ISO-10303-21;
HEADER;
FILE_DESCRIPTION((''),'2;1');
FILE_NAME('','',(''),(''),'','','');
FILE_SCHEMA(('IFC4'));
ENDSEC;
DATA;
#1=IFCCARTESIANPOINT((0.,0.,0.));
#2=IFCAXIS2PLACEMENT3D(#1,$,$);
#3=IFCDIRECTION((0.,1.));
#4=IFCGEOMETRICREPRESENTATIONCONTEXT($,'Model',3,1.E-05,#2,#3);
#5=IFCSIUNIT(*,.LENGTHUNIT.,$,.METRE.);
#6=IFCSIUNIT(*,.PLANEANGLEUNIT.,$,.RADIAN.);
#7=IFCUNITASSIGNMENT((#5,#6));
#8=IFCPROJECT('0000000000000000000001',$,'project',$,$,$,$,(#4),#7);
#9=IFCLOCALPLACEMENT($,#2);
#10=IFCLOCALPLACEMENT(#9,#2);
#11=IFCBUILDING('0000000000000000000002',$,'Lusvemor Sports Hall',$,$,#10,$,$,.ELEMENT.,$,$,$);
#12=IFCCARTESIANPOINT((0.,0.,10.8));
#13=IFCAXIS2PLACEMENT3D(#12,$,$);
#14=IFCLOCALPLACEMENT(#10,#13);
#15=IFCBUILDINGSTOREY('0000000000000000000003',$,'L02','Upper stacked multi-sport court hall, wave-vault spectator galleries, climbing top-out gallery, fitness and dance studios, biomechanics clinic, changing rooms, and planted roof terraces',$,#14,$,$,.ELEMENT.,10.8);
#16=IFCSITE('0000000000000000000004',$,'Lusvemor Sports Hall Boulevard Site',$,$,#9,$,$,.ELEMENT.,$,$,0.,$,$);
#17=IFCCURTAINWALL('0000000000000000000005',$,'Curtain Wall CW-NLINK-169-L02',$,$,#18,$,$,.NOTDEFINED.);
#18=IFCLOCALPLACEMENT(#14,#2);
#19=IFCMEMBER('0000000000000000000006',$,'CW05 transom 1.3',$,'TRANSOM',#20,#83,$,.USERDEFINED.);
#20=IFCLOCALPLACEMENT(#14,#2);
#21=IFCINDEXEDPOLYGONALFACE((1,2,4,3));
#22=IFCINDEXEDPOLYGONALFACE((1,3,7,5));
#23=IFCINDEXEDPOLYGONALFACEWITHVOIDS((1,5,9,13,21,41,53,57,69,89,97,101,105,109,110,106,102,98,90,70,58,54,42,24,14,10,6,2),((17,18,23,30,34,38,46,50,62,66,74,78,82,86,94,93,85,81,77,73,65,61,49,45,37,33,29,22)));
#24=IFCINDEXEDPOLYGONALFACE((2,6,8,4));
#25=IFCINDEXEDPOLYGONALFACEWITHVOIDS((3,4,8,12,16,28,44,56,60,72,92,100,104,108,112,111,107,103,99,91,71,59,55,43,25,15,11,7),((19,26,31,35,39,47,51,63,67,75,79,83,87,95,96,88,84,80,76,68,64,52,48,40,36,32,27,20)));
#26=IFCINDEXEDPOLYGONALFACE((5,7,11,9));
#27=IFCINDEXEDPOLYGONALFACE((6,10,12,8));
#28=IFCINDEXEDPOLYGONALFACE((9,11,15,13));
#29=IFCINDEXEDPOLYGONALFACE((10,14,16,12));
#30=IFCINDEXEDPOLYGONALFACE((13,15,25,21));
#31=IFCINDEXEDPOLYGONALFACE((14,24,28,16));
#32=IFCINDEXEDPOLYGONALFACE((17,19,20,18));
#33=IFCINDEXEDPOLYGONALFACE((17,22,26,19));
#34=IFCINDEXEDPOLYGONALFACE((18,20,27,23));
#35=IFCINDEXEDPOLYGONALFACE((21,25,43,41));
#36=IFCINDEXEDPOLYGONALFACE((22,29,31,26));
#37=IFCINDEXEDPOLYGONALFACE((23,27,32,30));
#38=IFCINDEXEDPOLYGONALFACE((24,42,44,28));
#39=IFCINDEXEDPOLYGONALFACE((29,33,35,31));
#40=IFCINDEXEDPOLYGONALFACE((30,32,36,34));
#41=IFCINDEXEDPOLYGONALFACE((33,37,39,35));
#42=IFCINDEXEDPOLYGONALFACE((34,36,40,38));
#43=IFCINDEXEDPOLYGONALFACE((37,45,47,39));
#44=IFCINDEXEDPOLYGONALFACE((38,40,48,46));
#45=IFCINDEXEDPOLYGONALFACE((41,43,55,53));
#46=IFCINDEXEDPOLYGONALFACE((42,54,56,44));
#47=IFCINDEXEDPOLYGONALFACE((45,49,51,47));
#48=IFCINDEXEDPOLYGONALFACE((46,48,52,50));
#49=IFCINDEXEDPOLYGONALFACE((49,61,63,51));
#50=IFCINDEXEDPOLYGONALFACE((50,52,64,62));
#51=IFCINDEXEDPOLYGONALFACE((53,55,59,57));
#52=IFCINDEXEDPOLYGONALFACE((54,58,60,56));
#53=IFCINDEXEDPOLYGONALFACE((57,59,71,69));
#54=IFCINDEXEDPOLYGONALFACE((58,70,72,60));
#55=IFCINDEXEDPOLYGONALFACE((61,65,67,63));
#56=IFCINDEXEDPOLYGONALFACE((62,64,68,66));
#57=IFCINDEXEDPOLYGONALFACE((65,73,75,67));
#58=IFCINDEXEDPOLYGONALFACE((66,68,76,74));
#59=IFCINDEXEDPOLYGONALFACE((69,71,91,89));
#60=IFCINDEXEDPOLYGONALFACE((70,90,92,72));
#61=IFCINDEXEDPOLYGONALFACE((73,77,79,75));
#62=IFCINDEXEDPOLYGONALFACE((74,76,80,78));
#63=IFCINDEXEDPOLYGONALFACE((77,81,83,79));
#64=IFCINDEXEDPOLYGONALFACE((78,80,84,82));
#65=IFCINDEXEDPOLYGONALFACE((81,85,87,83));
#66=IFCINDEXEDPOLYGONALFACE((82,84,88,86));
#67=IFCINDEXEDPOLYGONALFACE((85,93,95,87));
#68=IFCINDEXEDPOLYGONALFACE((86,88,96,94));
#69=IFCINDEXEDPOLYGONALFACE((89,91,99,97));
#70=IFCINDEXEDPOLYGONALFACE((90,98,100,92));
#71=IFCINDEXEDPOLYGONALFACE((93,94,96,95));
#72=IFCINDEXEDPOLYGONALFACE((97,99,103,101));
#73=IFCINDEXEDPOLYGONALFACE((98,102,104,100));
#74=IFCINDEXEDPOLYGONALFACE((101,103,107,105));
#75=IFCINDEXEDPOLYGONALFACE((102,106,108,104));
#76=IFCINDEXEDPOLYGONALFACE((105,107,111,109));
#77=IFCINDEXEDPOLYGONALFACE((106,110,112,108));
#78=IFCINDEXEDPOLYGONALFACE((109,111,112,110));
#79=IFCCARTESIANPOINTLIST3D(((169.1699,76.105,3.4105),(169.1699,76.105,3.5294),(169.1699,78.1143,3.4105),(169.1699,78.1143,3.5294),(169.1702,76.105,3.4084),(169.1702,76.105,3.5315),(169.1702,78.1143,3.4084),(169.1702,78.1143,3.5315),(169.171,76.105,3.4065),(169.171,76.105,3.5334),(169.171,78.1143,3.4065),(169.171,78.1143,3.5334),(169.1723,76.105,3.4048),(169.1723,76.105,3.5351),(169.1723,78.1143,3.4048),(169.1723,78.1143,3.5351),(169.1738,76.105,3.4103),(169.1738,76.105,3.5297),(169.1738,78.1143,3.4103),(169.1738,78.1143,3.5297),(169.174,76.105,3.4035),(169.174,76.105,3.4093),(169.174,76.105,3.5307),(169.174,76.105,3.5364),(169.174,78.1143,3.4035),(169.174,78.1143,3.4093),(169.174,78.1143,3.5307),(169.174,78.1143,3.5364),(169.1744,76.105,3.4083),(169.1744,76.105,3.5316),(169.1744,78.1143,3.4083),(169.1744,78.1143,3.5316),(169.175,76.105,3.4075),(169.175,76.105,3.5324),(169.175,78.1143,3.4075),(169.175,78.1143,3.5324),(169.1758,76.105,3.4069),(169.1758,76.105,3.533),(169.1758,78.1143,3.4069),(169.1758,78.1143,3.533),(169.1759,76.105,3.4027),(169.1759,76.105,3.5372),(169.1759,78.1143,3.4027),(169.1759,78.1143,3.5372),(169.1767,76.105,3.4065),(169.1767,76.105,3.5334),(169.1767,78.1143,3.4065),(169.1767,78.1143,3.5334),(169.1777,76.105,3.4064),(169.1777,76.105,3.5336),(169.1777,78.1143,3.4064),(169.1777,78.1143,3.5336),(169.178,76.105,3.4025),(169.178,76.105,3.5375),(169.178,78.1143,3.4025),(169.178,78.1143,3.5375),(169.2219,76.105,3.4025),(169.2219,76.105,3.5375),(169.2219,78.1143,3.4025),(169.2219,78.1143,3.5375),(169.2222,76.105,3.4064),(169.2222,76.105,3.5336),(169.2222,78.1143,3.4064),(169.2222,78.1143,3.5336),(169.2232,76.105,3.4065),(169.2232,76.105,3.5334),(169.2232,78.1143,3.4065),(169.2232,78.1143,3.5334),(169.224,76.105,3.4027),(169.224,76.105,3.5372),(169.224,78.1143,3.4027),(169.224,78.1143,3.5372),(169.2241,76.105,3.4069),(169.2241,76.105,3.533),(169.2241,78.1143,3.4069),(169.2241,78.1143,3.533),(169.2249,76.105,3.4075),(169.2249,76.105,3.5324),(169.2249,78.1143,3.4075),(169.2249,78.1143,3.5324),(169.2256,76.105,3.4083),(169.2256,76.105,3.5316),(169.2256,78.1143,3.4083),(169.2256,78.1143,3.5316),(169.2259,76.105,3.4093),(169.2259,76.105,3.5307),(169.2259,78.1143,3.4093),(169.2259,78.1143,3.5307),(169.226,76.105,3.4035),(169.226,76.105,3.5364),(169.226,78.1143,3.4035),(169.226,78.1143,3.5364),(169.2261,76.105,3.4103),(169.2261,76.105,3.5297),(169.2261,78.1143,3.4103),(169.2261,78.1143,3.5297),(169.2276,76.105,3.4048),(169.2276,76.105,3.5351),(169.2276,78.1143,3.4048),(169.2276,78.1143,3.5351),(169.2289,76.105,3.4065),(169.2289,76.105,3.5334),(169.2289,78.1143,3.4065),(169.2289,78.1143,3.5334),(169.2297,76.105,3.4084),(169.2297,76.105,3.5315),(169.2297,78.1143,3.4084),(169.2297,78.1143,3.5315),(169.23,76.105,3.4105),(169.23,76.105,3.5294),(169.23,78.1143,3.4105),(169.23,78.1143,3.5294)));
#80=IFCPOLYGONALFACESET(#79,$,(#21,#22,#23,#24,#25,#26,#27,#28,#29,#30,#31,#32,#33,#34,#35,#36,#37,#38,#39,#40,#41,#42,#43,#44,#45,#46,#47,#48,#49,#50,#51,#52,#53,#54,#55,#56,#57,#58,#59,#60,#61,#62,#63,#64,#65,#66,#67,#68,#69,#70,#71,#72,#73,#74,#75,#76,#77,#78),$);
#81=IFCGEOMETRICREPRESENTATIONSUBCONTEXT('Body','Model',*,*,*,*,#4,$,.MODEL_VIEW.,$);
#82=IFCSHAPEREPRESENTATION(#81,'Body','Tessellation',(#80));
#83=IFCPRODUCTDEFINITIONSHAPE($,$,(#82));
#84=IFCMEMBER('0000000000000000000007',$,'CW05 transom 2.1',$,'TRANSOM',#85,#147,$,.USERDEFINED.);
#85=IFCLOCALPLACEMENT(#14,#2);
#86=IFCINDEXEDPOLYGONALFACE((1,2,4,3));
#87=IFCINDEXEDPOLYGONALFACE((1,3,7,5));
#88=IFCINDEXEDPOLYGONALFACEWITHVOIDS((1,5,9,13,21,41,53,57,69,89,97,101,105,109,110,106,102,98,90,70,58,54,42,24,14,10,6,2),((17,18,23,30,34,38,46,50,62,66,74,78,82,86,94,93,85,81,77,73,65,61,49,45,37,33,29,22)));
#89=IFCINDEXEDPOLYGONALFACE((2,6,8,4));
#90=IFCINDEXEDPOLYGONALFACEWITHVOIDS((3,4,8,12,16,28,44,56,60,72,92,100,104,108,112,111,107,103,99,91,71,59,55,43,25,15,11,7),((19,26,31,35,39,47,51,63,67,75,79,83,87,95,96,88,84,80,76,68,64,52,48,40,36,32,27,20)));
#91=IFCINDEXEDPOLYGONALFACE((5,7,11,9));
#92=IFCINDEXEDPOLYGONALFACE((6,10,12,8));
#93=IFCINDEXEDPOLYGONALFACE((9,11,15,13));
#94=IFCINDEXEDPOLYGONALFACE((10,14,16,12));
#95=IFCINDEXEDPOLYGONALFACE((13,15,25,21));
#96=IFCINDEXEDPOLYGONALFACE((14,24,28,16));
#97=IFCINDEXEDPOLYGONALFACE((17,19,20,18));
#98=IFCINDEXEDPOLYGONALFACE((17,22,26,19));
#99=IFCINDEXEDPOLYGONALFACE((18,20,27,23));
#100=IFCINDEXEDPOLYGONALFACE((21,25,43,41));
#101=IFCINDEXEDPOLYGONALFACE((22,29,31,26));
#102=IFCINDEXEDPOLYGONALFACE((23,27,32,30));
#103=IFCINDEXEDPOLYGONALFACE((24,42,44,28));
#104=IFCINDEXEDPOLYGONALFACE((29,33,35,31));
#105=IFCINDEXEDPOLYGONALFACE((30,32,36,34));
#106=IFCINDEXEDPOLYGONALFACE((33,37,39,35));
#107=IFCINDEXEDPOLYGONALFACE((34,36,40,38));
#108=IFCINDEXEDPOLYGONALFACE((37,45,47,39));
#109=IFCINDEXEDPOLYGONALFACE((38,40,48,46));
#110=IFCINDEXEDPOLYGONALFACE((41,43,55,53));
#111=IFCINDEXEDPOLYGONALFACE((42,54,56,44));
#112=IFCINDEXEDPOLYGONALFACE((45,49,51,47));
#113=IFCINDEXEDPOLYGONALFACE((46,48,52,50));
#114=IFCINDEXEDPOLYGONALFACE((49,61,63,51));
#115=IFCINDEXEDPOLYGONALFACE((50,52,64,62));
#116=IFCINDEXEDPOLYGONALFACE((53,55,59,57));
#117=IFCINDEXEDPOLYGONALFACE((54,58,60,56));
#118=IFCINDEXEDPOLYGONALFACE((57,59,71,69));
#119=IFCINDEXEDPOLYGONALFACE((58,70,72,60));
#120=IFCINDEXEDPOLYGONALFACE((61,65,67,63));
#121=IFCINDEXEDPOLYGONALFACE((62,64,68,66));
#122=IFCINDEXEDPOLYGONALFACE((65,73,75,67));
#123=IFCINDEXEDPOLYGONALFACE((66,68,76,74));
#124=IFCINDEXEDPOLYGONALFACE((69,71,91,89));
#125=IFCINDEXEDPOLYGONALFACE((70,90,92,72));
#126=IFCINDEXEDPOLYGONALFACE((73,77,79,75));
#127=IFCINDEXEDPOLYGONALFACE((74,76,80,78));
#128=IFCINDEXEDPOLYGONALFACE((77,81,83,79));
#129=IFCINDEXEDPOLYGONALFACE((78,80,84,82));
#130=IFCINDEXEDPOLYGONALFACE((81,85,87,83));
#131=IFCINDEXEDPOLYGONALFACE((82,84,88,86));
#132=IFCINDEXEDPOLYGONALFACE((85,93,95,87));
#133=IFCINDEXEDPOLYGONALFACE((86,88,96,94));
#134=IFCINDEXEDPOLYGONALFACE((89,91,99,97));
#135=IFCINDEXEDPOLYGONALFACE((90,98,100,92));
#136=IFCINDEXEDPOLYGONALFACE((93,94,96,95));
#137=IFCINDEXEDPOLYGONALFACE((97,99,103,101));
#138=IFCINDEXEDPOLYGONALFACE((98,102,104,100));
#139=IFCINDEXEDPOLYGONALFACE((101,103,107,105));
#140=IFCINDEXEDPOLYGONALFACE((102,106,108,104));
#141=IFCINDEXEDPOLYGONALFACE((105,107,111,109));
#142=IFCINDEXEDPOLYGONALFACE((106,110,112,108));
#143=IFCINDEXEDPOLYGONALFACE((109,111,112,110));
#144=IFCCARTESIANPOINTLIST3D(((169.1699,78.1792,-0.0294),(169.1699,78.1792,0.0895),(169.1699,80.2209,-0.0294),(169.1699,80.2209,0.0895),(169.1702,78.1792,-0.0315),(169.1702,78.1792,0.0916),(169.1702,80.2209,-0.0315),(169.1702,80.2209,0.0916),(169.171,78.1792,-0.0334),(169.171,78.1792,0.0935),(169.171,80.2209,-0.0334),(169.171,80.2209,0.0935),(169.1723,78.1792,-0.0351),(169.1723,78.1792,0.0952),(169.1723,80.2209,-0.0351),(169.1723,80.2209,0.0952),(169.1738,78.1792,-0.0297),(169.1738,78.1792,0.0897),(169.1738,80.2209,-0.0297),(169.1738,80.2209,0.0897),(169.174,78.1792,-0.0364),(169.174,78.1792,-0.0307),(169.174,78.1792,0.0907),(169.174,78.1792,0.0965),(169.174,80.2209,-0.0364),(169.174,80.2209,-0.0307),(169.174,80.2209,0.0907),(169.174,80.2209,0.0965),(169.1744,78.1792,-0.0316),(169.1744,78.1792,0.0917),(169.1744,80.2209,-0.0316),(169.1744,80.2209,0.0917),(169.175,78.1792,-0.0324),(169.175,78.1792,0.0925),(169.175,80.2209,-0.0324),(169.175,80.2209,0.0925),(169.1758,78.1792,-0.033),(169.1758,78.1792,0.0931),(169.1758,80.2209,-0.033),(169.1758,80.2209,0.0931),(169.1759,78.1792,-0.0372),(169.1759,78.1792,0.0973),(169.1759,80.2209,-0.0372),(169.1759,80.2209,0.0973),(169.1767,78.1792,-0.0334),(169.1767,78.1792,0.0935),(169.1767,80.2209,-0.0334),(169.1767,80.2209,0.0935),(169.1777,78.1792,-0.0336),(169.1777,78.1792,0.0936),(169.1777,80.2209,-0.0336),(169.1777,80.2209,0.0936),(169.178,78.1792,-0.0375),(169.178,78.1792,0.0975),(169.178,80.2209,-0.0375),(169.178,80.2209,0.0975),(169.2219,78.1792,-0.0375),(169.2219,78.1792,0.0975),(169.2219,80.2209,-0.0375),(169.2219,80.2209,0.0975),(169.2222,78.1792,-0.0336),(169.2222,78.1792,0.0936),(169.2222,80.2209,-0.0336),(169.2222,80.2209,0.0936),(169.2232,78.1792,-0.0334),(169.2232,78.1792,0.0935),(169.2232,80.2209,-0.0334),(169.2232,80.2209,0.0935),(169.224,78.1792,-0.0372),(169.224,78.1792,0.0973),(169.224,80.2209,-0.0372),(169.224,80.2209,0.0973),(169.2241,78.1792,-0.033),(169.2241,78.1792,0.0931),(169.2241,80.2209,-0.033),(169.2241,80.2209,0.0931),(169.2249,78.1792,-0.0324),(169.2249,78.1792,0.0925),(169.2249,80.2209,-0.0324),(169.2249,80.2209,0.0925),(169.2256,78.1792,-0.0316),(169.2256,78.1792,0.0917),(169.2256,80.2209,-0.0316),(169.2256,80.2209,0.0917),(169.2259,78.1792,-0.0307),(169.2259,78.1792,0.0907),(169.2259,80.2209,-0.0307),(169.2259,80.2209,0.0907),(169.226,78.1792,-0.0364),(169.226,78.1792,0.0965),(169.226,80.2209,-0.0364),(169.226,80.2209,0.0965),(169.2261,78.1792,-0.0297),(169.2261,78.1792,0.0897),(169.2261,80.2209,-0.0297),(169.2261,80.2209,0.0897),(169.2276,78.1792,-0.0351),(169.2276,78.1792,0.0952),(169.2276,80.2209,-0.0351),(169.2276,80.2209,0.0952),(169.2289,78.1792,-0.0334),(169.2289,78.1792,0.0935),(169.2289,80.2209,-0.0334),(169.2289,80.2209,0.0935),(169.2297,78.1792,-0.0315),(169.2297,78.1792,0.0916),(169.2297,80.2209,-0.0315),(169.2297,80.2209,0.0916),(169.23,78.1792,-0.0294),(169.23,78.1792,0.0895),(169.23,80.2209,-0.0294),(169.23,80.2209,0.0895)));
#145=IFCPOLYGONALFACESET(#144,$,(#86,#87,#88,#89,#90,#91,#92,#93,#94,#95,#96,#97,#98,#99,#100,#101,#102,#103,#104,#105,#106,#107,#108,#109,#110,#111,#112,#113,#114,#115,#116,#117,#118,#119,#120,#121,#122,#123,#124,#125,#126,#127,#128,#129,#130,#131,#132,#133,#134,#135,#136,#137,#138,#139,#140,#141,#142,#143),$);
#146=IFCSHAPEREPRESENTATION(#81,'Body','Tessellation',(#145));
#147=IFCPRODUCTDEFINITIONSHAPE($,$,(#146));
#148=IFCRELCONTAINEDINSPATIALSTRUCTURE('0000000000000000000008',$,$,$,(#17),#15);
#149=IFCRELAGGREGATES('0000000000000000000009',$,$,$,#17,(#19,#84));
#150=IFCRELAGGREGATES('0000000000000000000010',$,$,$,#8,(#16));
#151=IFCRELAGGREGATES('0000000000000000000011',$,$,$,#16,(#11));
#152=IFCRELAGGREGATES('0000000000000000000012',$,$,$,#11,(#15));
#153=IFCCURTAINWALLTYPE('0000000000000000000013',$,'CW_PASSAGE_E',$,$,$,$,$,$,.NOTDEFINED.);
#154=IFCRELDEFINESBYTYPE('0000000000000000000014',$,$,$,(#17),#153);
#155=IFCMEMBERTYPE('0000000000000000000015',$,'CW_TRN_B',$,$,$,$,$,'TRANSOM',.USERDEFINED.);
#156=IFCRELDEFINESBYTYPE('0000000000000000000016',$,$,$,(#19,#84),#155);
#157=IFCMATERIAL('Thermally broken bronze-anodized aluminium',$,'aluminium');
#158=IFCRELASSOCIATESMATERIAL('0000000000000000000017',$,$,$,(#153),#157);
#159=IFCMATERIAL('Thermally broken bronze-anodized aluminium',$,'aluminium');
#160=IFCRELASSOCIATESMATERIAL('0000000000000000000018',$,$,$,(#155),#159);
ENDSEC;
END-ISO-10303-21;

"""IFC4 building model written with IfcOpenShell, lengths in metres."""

from ifc_helpers import new_model, si_unit, direction, frame, origin, origin_2d, place, context, subcontext, project, spatial, hollow_rectangle, extrude, material, material_profile, profile_set, type_object, element, aggregate, save


model = new_model("IFC4")

# Units and contexts
model_context = context("Model", 3, precision=1e-05, world=origin(), true_north=direction((0.0, 1.0)))
body_context = subcontext(model_context, "Body", "Model", "MODEL_VIEW")
ifc_project = project(units=[si_unit("LENGTHUNIT", "METRE"), si_unit("PLANEANGLEUNIT", "RADIAN")], contexts=[model_context])

# Site, building, storey
site_placement = place(None, origin())
site = spatial("IfcSite", under=ifc_project, at=site_placement, Name="Lusvemor Sports Hall Boulevard Site", CompositionType="ELEMENT", RefElevation=0.0)
building_placement = place(site_placement, origin())
building = spatial("IfcBuilding", under=site, at=building_placement, Name="Lusvemor Sports Hall", CompositionType="ELEMENT")
storey_placement = place(building_placement, frame((0.0, 0.0, 10.8)))
storey = spatial("IfcBuildingStorey", under=building, at=storey_placement, Name="L02", Description="Upper stacked multi-sport court hall, wave-vault spectator galleries, climbing top-out gallery, fitness and dance studios, biomechanics clinic, changing rooms, and planted roof terraces", CompositionType="ELEMENT", Elevation=10.8)

# Curtain wall, members
ifc_material_1 = material(Name="Thermally broken bronze-anodized aluminium", Category="aluminium")
curtain_wall_type = type_object("IfcCurtainWallType", Name="CW_PASSAGE_E", PredefinedType="NOTDEFINED", material=ifc_material_1)
curtain_wall_placement = place(storey_placement, origin())
curtain_wall = element("IfcCurtainWall", 1, at=curtain_wall_placement, inside=storey, type_object=curtain_wall_type, Name="Curtain Wall CW-NLINK-169-L02", PredefinedType="NOTDEFINED")
ifc_material_2 = material(Name="Thermally broken bronze-anodized aluminium", Category="aluminium")
ifc_material_profile_1 = material_profile(ifc_material_2, hollow_rectangle(XDim=0.0601, YDim=0.135, WallThickness=0.0039, InnerFilletRadius=0.0039, OuterFilletRadius=0.0081, at=origin_2d()), Name="CWTRN135x60x4")
ifc_profile_set_1 = profile_set([ifc_material_profile_1], Name="Thermally broken bronze-anodized aluminium")
member_type_1 = type_object("IfcMemberType", Name="CW_TRN_B", ElementType="TRANSOM", PredefinedType="USERDEFINED", material=ifc_profile_set_1)
member_1_placement = place(storey_placement, frame((169.2, 76.105, 3.47), z_axis=(0.0, 1.0, 0.0), x_axis=(-1.0, 0.0, 0.0)))
member_1 = element("IfcMember", 2, at=member_1_placement, type_object=member_type_1, Name="CW05 transom 1.3", ObjectType="TRANSOM", PredefinedType="USERDEFINED", context=body_context, shape_type="SweptSolid", body=[
    extrude(hollow_rectangle(XDim=0.0601, YDim=0.135, WallThickness=0.0039, InnerFilletRadius=0.0039, OuterFilletRadius=0.0081, at=origin_2d()), origin(), (0.0, 0.0, 1.0), 2.0093),
])
member_2_placement = place(storey_placement, frame((169.2, 78.1792, 0.03), z_axis=(0.0, 1.0, 0.0), x_axis=(-1.0, 0.0, 0.0)))
member_2 = element("IfcMember", 3, at=member_2_placement, type_object=member_type_1, Name="CW05 transom 2.1", ObjectType="TRANSOM", PredefinedType="USERDEFINED", context=body_context, shape_type="SweptSolid", body=[
    extrude(hollow_rectangle(XDim=0.0601, YDim=0.135, WallThickness=0.0039, InnerFilletRadius=0.0039, OuterFilletRadius=0.0081, at=origin_2d()), origin(), (0.0, 0.0, 1.0), 2.0417),
])

aggregate(curtain_wall, [member_1, member_2])

save(model, "model.ifc")
